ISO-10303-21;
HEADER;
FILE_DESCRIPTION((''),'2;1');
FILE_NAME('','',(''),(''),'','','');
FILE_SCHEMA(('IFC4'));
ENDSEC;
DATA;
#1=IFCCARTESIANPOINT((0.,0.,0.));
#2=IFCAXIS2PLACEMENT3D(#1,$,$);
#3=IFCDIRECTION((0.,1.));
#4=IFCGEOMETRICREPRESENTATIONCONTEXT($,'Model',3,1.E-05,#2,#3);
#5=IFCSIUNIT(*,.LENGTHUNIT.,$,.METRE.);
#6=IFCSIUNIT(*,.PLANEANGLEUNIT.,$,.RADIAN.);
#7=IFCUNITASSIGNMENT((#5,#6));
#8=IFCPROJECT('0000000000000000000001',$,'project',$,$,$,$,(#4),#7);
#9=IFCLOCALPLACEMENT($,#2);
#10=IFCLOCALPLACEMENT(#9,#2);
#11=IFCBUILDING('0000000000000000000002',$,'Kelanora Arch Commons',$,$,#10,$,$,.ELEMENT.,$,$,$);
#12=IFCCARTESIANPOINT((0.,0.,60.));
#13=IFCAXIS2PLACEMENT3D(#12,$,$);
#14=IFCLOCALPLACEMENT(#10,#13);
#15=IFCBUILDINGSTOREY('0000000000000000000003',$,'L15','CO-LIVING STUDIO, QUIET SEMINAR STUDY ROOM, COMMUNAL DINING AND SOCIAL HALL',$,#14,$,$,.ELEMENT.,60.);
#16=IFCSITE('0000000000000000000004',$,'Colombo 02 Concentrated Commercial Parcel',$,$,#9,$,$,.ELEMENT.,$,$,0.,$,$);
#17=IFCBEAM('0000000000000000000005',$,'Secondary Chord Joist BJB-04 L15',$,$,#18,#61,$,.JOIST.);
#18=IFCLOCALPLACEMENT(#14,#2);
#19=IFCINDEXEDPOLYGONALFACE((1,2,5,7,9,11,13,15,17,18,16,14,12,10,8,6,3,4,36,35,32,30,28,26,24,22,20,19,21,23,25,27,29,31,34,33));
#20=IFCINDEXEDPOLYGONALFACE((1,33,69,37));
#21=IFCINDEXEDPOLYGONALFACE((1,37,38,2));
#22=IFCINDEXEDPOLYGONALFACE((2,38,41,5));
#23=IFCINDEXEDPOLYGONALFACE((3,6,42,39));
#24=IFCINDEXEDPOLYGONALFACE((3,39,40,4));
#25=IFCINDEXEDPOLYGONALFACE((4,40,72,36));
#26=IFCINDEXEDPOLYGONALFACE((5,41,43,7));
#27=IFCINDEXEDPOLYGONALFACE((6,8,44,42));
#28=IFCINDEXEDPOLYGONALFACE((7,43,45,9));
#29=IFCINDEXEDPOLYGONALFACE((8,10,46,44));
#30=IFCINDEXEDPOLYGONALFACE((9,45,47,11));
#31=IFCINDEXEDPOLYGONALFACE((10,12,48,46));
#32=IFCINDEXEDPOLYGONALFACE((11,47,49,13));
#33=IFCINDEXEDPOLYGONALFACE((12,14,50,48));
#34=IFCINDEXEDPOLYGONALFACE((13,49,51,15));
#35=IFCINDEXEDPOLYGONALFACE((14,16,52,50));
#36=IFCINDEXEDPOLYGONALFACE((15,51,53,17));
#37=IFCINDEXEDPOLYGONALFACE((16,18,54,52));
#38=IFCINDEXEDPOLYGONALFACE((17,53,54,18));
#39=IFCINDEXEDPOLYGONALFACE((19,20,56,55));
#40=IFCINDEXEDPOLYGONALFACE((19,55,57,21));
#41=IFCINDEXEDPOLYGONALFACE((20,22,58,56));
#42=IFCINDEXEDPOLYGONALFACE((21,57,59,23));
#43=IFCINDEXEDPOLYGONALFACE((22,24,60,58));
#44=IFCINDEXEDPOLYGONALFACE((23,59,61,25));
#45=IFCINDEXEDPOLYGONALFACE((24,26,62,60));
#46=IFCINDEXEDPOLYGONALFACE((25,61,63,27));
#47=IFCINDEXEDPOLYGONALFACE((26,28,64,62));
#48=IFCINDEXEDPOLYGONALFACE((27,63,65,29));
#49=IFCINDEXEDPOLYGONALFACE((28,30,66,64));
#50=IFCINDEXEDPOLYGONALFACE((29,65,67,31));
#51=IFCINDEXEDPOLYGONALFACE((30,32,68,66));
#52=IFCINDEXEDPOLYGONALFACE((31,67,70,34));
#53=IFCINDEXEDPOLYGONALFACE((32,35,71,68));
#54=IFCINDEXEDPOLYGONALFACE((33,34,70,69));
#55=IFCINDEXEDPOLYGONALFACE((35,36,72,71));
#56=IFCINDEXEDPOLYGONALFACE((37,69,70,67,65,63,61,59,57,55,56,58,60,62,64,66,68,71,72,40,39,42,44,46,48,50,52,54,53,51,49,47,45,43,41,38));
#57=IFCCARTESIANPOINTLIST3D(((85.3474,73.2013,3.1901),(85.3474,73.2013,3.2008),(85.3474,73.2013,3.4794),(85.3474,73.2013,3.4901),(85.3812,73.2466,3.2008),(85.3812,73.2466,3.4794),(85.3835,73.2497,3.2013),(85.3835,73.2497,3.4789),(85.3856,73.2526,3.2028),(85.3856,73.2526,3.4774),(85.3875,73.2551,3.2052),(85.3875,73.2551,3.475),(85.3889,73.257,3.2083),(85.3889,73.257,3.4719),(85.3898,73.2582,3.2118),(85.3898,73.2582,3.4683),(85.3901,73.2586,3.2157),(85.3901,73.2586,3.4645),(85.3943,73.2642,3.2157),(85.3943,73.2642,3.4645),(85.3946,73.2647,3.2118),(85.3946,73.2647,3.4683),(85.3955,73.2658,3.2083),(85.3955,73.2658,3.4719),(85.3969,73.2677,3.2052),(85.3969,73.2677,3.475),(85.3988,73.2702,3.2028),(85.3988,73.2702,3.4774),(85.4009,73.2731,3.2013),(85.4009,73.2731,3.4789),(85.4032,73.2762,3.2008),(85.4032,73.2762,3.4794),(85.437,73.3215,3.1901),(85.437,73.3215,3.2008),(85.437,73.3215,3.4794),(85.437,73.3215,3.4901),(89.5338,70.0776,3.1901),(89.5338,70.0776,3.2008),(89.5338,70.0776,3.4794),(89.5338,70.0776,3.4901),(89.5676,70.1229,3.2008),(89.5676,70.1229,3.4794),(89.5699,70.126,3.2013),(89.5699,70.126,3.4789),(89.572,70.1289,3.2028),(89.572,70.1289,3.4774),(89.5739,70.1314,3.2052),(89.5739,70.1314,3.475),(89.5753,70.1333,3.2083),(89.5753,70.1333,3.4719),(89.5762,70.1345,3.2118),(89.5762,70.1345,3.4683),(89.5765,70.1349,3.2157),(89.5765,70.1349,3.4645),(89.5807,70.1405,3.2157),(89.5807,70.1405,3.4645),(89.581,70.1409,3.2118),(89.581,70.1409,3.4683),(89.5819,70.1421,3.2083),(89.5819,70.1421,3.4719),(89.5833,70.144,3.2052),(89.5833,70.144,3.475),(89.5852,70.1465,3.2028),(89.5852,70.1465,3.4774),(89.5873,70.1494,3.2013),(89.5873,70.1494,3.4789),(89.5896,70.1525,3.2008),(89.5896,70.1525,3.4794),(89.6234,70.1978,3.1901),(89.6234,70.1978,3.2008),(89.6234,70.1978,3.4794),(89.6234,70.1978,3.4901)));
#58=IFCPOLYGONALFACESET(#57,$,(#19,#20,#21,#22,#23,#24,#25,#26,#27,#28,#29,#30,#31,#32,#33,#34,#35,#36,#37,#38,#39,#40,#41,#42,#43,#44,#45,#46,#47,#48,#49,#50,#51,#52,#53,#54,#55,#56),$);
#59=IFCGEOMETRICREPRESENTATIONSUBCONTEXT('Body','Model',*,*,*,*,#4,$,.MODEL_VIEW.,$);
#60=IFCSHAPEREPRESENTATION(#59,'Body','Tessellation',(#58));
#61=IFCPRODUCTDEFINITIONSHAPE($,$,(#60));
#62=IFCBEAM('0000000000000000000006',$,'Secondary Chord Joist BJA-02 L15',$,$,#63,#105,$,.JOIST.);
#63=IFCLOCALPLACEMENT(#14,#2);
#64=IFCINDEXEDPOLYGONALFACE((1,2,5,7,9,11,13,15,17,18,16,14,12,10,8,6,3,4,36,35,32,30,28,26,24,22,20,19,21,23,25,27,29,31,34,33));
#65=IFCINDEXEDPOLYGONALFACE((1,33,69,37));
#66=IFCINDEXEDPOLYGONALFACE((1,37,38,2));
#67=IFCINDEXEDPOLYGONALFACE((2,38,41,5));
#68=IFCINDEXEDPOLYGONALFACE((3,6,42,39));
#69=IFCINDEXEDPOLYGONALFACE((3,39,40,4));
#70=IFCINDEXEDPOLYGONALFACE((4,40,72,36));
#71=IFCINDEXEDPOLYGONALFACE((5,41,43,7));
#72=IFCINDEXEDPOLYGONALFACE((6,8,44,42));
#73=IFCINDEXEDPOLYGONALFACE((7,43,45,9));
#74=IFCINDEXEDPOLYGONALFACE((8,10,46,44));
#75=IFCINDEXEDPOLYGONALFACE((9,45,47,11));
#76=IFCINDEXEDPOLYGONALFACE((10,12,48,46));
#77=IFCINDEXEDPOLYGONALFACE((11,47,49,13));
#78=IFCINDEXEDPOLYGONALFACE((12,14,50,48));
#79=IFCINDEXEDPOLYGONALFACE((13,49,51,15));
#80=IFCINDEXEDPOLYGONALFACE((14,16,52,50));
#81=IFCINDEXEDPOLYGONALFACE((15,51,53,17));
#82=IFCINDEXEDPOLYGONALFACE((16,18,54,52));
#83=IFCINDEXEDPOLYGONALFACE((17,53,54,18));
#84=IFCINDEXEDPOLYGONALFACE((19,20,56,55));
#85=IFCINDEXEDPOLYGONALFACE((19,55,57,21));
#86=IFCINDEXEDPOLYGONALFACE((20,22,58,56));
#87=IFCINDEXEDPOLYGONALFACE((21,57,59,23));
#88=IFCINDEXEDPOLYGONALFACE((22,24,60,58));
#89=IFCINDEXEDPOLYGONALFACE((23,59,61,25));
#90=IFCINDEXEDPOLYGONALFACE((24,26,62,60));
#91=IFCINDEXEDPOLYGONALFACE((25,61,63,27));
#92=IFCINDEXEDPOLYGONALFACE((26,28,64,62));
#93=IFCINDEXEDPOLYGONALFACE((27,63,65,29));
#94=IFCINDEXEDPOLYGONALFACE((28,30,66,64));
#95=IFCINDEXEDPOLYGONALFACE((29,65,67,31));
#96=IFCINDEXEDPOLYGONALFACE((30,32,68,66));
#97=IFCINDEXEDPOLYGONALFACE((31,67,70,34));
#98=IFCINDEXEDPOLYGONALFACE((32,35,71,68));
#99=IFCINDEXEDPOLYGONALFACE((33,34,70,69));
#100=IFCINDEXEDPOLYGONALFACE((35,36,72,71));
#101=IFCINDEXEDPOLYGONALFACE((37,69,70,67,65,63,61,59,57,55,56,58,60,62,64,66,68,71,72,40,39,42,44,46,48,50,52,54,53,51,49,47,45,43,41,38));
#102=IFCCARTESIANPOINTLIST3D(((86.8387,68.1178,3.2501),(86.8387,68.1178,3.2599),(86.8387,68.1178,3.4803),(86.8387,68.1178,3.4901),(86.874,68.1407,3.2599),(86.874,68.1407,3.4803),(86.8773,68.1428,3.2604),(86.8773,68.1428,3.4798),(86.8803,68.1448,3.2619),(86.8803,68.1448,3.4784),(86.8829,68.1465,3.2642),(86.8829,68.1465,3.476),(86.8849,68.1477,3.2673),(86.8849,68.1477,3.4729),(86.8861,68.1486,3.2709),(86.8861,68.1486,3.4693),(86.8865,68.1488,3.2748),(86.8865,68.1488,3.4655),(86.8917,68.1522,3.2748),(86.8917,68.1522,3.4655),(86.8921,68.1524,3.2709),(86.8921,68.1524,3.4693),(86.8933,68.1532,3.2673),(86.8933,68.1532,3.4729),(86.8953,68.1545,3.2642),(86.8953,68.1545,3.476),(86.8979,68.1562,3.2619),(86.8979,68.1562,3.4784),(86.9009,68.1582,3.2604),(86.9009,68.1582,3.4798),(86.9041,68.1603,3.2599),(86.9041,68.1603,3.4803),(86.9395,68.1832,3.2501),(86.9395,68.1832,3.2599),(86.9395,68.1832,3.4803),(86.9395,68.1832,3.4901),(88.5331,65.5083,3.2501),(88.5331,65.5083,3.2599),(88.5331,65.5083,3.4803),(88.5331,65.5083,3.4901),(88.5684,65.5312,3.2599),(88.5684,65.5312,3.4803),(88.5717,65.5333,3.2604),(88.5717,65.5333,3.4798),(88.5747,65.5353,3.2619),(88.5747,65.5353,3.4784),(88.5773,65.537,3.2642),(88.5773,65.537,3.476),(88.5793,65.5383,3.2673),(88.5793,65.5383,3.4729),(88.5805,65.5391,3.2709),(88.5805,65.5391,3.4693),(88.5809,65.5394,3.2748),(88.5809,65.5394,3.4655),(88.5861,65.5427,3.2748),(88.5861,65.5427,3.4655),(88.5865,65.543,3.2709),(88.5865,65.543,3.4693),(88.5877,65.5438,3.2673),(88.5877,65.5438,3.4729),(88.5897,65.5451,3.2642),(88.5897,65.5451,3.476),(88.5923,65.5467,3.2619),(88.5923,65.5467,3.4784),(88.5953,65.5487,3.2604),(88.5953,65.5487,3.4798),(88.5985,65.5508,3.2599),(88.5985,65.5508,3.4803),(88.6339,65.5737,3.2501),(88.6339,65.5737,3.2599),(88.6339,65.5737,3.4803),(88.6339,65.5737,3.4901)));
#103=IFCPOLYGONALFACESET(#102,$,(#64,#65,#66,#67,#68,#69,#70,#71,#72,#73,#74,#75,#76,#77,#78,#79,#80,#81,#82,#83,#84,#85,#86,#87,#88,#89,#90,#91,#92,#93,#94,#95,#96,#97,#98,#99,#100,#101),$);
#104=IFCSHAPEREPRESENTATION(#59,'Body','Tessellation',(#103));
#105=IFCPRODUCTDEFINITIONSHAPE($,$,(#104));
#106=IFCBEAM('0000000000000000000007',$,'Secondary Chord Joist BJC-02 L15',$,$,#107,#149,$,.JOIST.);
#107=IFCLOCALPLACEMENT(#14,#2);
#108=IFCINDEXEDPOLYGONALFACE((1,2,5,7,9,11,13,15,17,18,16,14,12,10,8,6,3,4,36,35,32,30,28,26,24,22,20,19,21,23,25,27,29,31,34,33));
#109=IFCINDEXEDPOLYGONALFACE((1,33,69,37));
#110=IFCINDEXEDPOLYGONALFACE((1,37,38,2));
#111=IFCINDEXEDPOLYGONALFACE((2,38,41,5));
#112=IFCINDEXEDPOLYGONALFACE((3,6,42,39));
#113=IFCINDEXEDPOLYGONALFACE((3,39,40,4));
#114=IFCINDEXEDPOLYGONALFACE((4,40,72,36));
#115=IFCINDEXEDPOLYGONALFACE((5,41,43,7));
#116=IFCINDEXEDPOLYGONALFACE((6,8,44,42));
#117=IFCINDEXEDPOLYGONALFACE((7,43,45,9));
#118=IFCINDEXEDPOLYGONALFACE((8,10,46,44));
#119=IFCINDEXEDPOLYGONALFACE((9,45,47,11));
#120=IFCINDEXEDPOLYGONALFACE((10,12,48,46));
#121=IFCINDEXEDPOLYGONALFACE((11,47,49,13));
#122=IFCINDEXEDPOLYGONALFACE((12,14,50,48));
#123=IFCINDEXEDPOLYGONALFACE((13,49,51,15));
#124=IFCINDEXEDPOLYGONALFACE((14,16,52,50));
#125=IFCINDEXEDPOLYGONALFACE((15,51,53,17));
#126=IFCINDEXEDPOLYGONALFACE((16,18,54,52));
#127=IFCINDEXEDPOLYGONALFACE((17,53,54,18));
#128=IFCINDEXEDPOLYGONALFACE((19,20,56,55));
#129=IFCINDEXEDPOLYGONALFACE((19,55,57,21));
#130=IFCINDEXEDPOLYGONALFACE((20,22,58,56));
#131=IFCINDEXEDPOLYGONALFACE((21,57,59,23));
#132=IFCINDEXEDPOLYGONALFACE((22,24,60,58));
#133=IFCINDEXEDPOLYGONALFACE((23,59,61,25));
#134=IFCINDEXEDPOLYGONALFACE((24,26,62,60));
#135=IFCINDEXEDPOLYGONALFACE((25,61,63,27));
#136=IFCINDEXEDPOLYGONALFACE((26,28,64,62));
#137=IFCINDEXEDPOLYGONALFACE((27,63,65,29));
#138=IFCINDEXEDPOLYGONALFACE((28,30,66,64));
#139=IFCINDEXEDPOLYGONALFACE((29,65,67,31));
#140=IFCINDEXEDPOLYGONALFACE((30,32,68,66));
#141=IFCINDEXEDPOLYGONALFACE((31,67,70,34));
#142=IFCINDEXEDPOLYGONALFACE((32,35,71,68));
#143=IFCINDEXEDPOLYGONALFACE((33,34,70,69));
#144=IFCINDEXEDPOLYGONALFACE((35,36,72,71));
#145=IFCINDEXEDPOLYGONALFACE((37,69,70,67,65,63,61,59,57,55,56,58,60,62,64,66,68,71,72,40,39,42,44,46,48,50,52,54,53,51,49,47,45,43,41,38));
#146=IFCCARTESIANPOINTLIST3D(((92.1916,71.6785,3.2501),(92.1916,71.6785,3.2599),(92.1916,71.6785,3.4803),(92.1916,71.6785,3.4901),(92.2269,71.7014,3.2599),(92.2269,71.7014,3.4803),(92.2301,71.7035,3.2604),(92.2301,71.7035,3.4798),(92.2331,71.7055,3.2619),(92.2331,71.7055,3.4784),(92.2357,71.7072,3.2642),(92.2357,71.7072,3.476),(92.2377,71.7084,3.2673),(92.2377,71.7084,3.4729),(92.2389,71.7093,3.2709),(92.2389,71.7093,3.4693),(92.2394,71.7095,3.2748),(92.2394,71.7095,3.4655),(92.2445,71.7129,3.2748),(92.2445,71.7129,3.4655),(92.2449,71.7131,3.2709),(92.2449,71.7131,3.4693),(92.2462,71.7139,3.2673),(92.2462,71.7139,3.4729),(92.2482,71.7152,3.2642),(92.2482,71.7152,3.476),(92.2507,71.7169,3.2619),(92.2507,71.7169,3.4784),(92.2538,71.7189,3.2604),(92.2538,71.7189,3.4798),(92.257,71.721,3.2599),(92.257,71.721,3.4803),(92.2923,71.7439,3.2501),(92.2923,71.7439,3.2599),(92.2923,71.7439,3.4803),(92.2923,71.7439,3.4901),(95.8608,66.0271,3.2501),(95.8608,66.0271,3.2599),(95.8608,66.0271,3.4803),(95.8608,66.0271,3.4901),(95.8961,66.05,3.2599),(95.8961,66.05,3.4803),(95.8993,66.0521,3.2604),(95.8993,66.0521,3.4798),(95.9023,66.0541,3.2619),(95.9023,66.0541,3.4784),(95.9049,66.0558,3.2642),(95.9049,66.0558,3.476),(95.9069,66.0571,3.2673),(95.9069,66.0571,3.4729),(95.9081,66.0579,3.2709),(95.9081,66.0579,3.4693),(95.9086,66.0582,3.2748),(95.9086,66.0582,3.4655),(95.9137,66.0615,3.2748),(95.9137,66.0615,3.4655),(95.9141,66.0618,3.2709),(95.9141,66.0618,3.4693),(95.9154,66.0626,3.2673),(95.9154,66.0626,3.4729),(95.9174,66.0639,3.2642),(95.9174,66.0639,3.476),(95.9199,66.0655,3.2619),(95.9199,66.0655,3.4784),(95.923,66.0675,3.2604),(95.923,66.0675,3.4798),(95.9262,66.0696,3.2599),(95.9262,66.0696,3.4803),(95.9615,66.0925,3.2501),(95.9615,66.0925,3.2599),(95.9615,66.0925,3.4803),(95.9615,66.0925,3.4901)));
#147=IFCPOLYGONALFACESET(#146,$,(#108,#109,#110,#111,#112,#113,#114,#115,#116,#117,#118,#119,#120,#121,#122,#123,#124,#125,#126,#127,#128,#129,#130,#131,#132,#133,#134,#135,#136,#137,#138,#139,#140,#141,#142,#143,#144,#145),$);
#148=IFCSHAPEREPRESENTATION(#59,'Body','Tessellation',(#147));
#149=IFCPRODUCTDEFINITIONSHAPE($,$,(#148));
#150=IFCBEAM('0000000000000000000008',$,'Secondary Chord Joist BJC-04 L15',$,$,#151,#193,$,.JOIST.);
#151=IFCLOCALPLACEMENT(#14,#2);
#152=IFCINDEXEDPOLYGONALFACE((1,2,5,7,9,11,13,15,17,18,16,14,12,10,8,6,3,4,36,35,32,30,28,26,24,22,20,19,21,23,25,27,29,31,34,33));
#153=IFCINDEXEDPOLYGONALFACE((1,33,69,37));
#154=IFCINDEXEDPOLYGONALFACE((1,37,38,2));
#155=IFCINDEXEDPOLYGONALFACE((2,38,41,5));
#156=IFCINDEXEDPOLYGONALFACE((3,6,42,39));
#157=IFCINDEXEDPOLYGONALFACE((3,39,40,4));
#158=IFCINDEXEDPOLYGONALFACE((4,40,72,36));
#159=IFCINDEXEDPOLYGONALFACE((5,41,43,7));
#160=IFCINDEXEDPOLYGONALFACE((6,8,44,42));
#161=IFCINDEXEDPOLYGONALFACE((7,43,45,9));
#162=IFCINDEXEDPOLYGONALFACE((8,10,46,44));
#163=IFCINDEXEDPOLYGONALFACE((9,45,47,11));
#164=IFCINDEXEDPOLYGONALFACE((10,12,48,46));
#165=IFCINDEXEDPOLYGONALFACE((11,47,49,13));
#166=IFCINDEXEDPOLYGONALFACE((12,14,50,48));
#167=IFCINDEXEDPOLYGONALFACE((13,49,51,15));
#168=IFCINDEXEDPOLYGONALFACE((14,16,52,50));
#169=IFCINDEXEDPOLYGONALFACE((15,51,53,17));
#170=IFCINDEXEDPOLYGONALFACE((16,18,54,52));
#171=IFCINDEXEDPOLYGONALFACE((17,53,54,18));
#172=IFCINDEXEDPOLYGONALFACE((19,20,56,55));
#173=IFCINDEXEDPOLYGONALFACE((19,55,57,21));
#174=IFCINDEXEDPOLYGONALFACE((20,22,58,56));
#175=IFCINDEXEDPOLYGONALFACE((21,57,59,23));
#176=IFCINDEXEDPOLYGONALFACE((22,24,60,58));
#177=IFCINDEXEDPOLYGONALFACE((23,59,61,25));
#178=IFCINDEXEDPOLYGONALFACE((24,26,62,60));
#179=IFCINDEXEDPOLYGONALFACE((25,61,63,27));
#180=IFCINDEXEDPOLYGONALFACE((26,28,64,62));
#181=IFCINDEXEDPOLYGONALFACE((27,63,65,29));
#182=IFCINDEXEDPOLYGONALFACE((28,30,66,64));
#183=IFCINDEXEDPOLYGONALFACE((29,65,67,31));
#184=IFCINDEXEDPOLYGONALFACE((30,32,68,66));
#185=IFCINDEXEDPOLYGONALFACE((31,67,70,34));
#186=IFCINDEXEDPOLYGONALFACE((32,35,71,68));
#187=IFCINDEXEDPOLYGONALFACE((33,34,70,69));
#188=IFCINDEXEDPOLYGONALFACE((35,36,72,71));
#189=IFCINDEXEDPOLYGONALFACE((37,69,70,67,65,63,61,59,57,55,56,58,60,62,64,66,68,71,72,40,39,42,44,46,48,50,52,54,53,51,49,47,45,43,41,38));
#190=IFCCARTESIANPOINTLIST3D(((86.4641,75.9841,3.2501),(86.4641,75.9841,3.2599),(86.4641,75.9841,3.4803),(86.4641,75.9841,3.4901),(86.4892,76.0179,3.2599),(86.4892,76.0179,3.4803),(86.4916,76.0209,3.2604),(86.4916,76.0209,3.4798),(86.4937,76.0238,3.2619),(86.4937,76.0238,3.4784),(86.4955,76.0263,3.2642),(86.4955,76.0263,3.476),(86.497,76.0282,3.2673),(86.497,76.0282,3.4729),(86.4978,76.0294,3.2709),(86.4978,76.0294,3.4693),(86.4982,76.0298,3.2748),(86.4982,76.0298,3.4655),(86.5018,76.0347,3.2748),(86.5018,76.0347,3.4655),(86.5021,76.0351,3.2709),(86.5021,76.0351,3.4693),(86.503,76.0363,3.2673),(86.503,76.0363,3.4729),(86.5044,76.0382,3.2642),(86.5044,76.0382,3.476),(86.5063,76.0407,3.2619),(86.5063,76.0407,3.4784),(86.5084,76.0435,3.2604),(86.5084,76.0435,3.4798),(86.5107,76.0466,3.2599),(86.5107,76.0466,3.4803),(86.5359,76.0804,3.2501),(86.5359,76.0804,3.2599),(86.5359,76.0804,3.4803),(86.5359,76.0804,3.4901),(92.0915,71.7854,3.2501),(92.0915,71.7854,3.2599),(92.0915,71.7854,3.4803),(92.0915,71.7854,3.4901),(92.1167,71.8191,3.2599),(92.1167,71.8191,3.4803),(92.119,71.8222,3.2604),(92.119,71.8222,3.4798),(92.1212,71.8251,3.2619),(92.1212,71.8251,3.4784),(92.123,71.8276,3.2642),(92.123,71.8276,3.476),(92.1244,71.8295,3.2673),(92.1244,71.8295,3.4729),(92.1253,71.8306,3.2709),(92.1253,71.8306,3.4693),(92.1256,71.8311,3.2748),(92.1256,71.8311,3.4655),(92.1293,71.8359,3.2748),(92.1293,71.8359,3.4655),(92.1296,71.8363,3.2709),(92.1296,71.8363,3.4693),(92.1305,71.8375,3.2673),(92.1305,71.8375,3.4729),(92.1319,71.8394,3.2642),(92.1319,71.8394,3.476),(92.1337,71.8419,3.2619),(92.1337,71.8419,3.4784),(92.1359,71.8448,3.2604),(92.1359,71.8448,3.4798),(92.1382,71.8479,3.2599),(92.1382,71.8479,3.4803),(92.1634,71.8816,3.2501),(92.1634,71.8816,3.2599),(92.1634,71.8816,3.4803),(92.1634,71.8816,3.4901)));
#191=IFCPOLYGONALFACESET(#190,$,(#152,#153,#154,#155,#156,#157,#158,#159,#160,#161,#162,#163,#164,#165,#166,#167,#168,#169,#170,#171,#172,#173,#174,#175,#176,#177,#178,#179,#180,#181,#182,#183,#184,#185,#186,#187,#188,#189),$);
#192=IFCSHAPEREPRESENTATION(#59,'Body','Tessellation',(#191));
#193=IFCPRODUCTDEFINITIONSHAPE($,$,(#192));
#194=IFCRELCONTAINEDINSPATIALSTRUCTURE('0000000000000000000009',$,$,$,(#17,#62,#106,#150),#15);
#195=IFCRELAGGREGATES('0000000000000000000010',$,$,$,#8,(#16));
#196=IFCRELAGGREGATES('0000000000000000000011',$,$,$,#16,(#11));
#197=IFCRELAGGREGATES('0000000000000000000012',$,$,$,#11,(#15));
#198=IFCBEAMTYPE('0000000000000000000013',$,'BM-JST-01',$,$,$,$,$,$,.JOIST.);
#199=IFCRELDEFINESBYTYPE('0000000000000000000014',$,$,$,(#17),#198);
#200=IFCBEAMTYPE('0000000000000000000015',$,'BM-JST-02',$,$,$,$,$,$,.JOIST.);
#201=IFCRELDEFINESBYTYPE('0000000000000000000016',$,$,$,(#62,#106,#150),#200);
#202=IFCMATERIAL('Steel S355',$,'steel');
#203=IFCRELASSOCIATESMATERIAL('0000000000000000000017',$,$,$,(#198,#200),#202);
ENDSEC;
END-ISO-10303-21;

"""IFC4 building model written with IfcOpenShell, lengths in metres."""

from ifc_helpers import new_model, si_unit, direction, frame, origin, origin_2d, place, context, subcontext, project, spatial, i_section, extrude, material, material_profile, profile_set, type_object, element, save


model = new_model("IFC4")

# Units and contexts
model_context = context("Model", 3, precision=1e-05, world=origin(), true_north=direction((0.0, 1.0)))
body_context = subcontext(model_context, "Body", "Model", "MODEL_VIEW")
ifc_project = project(units=[si_unit("LENGTHUNIT", "METRE"), si_unit("PLANEANGLEUNIT", "RADIAN")], contexts=[model_context])

# Site, building, storey
site_placement = place(None, origin())
site = spatial("IfcSite", under=ifc_project, at=site_placement, Name="Colombo 02 Concentrated Commercial Parcel", CompositionType="ELEMENT", RefElevation=0.0)
building_placement = place(site_placement, origin())
building = spatial("IfcBuilding", under=site, at=building_placement, Name="Kelanora Arch Commons", CompositionType="ELEMENT")
storey_placement = place(building_placement, frame((0.0, 0.0, 60.0)))
storey = spatial("IfcBuildingStorey", under=building, at=storey_placement, Name="L15", Description="CO-LIVING STUDIO, QUIET SEMINAR STUDY ROOM, COMMUNAL DINING AND SOCIAL HALL", CompositionType="ELEMENT", Elevation=60.0)

# Beams
ifc_material_1 = material(Name="Steel S355", Category="steel")
ifc_material_profile_1 = material_profile(ifc_material_1, i_section(OverallWidth=0.1499, OverallDepth=0.3, WebThickness=0.0071, FlangeThickness=0.0107, FilletRadius=0.0149, at=origin_2d()), Name="IPE300")
ifc_profile_set_1 = profile_set([ifc_material_profile_1], Name="Steel S355")
beam_type_1 = type_object("IfcBeamType", Name="BM-JST-01", PredefinedType="JOIST", material=ifc_profile_set_1)
beam_1_placement = place(storey_placement, frame((89.5786, 70.1377, 3.3401), z_axis=(-0.801478, 0.598024, 0.0), x_axis=(-0.598024, -0.801478, 0.0)))
element("IfcBeam", 1, at=beam_1_placement, inside=storey, type_object=beam_type_1, Name="Secondary Chord Joist BJB-04 L15", PredefinedType="JOIST", context=body_context, shape_type="SweptSolid", body=[
    extrude(i_section(OverallWidth=0.1499, OverallDepth=0.3, WebThickness=0.0071, FlangeThickness=0.0107, FilletRadius=0.0149, at=origin_2d()), origin(), (0.0, 0.0, 1.0), 5.2234),
])
ifc_material_profile_2 = material_profile(ifc_material_1, i_section(OverallWidth=0.1201, OverallDepth=0.24, WebThickness=0.0061, FlangeThickness=0.0098, FilletRadius=0.0149, at=origin_2d()), Name="IPE240")
ifc_profile_set_2 = profile_set([ifc_material_profile_2], Name="Steel S355")
beam_type_2 = type_object("IfcBeamType", Name="BM-JST-02", PredefinedType="JOIST", material=ifc_profile_set_2)
beam_2_placement = place(storey_placement, frame((88.5835, 65.541, 3.3701), z_axis=(-0.544591, 0.838702, 0.0), x_axis=(-0.838702, -0.544591, 0.0)))
element("IfcBeam", 2, at=beam_2_placement, inside=storey, type_object=beam_type_2, Name="Secondary Chord Joist BJA-02 L15", PredefinedType="JOIST", context=body_context, shape_type="SweptSolid", body=[
    extrude(i_section(OverallWidth=0.1201, OverallDepth=0.24, WebThickness=0.0061, FlangeThickness=0.0098, FilletRadius=0.0149, at=origin_2d()), origin(), (0.0, 0.0, 1.0), 3.1113),
])
beam_3_placement = place(storey_placement, frame((95.9111, 66.0598, 3.3701), z_axis=(-0.54455, 0.838728, 0.0), x_axis=(-0.838728, -0.54455, 0.0)))
element("IfcBeam", 3, at=beam_3_placement, inside=storey, type_object=beam_type_2, Name="Secondary Chord Joist BJC-02 L15", PredefinedType="JOIST", context=body_context, shape_type="SweptSolid", body=[
    extrude(i_section(OverallWidth=0.1201, OverallDepth=0.24, WebThickness=0.0061, FlangeThickness=0.0098, FilletRadius=0.0149, at=origin_2d()), origin(), (0.0, 0.0, 1.0), 6.738),
])
beam_4_placement = place(storey_placement, frame((92.1274, 71.8335, 3.3701), z_axis=(-0.801491, 0.598006, 0.0), x_axis=(-0.598006, -0.801491, 0.0)))
element("IfcBeam", 4, at=beam_4_placement, inside=storey, type_object=beam_type_2, Name="Secondary Chord Joist BJC-04 L15", PredefinedType="JOIST", context=body_context, shape_type="SweptSolid", body=[
    extrude(i_section(OverallWidth=0.1201, OverallDepth=0.24, WebThickness=0.0061, FlangeThickness=0.0098, FilletRadius=0.0149, at=origin_2d()), origin(), (0.0, 0.0, 1.0), 7.0212),
])

save(model, "model.ifc")
